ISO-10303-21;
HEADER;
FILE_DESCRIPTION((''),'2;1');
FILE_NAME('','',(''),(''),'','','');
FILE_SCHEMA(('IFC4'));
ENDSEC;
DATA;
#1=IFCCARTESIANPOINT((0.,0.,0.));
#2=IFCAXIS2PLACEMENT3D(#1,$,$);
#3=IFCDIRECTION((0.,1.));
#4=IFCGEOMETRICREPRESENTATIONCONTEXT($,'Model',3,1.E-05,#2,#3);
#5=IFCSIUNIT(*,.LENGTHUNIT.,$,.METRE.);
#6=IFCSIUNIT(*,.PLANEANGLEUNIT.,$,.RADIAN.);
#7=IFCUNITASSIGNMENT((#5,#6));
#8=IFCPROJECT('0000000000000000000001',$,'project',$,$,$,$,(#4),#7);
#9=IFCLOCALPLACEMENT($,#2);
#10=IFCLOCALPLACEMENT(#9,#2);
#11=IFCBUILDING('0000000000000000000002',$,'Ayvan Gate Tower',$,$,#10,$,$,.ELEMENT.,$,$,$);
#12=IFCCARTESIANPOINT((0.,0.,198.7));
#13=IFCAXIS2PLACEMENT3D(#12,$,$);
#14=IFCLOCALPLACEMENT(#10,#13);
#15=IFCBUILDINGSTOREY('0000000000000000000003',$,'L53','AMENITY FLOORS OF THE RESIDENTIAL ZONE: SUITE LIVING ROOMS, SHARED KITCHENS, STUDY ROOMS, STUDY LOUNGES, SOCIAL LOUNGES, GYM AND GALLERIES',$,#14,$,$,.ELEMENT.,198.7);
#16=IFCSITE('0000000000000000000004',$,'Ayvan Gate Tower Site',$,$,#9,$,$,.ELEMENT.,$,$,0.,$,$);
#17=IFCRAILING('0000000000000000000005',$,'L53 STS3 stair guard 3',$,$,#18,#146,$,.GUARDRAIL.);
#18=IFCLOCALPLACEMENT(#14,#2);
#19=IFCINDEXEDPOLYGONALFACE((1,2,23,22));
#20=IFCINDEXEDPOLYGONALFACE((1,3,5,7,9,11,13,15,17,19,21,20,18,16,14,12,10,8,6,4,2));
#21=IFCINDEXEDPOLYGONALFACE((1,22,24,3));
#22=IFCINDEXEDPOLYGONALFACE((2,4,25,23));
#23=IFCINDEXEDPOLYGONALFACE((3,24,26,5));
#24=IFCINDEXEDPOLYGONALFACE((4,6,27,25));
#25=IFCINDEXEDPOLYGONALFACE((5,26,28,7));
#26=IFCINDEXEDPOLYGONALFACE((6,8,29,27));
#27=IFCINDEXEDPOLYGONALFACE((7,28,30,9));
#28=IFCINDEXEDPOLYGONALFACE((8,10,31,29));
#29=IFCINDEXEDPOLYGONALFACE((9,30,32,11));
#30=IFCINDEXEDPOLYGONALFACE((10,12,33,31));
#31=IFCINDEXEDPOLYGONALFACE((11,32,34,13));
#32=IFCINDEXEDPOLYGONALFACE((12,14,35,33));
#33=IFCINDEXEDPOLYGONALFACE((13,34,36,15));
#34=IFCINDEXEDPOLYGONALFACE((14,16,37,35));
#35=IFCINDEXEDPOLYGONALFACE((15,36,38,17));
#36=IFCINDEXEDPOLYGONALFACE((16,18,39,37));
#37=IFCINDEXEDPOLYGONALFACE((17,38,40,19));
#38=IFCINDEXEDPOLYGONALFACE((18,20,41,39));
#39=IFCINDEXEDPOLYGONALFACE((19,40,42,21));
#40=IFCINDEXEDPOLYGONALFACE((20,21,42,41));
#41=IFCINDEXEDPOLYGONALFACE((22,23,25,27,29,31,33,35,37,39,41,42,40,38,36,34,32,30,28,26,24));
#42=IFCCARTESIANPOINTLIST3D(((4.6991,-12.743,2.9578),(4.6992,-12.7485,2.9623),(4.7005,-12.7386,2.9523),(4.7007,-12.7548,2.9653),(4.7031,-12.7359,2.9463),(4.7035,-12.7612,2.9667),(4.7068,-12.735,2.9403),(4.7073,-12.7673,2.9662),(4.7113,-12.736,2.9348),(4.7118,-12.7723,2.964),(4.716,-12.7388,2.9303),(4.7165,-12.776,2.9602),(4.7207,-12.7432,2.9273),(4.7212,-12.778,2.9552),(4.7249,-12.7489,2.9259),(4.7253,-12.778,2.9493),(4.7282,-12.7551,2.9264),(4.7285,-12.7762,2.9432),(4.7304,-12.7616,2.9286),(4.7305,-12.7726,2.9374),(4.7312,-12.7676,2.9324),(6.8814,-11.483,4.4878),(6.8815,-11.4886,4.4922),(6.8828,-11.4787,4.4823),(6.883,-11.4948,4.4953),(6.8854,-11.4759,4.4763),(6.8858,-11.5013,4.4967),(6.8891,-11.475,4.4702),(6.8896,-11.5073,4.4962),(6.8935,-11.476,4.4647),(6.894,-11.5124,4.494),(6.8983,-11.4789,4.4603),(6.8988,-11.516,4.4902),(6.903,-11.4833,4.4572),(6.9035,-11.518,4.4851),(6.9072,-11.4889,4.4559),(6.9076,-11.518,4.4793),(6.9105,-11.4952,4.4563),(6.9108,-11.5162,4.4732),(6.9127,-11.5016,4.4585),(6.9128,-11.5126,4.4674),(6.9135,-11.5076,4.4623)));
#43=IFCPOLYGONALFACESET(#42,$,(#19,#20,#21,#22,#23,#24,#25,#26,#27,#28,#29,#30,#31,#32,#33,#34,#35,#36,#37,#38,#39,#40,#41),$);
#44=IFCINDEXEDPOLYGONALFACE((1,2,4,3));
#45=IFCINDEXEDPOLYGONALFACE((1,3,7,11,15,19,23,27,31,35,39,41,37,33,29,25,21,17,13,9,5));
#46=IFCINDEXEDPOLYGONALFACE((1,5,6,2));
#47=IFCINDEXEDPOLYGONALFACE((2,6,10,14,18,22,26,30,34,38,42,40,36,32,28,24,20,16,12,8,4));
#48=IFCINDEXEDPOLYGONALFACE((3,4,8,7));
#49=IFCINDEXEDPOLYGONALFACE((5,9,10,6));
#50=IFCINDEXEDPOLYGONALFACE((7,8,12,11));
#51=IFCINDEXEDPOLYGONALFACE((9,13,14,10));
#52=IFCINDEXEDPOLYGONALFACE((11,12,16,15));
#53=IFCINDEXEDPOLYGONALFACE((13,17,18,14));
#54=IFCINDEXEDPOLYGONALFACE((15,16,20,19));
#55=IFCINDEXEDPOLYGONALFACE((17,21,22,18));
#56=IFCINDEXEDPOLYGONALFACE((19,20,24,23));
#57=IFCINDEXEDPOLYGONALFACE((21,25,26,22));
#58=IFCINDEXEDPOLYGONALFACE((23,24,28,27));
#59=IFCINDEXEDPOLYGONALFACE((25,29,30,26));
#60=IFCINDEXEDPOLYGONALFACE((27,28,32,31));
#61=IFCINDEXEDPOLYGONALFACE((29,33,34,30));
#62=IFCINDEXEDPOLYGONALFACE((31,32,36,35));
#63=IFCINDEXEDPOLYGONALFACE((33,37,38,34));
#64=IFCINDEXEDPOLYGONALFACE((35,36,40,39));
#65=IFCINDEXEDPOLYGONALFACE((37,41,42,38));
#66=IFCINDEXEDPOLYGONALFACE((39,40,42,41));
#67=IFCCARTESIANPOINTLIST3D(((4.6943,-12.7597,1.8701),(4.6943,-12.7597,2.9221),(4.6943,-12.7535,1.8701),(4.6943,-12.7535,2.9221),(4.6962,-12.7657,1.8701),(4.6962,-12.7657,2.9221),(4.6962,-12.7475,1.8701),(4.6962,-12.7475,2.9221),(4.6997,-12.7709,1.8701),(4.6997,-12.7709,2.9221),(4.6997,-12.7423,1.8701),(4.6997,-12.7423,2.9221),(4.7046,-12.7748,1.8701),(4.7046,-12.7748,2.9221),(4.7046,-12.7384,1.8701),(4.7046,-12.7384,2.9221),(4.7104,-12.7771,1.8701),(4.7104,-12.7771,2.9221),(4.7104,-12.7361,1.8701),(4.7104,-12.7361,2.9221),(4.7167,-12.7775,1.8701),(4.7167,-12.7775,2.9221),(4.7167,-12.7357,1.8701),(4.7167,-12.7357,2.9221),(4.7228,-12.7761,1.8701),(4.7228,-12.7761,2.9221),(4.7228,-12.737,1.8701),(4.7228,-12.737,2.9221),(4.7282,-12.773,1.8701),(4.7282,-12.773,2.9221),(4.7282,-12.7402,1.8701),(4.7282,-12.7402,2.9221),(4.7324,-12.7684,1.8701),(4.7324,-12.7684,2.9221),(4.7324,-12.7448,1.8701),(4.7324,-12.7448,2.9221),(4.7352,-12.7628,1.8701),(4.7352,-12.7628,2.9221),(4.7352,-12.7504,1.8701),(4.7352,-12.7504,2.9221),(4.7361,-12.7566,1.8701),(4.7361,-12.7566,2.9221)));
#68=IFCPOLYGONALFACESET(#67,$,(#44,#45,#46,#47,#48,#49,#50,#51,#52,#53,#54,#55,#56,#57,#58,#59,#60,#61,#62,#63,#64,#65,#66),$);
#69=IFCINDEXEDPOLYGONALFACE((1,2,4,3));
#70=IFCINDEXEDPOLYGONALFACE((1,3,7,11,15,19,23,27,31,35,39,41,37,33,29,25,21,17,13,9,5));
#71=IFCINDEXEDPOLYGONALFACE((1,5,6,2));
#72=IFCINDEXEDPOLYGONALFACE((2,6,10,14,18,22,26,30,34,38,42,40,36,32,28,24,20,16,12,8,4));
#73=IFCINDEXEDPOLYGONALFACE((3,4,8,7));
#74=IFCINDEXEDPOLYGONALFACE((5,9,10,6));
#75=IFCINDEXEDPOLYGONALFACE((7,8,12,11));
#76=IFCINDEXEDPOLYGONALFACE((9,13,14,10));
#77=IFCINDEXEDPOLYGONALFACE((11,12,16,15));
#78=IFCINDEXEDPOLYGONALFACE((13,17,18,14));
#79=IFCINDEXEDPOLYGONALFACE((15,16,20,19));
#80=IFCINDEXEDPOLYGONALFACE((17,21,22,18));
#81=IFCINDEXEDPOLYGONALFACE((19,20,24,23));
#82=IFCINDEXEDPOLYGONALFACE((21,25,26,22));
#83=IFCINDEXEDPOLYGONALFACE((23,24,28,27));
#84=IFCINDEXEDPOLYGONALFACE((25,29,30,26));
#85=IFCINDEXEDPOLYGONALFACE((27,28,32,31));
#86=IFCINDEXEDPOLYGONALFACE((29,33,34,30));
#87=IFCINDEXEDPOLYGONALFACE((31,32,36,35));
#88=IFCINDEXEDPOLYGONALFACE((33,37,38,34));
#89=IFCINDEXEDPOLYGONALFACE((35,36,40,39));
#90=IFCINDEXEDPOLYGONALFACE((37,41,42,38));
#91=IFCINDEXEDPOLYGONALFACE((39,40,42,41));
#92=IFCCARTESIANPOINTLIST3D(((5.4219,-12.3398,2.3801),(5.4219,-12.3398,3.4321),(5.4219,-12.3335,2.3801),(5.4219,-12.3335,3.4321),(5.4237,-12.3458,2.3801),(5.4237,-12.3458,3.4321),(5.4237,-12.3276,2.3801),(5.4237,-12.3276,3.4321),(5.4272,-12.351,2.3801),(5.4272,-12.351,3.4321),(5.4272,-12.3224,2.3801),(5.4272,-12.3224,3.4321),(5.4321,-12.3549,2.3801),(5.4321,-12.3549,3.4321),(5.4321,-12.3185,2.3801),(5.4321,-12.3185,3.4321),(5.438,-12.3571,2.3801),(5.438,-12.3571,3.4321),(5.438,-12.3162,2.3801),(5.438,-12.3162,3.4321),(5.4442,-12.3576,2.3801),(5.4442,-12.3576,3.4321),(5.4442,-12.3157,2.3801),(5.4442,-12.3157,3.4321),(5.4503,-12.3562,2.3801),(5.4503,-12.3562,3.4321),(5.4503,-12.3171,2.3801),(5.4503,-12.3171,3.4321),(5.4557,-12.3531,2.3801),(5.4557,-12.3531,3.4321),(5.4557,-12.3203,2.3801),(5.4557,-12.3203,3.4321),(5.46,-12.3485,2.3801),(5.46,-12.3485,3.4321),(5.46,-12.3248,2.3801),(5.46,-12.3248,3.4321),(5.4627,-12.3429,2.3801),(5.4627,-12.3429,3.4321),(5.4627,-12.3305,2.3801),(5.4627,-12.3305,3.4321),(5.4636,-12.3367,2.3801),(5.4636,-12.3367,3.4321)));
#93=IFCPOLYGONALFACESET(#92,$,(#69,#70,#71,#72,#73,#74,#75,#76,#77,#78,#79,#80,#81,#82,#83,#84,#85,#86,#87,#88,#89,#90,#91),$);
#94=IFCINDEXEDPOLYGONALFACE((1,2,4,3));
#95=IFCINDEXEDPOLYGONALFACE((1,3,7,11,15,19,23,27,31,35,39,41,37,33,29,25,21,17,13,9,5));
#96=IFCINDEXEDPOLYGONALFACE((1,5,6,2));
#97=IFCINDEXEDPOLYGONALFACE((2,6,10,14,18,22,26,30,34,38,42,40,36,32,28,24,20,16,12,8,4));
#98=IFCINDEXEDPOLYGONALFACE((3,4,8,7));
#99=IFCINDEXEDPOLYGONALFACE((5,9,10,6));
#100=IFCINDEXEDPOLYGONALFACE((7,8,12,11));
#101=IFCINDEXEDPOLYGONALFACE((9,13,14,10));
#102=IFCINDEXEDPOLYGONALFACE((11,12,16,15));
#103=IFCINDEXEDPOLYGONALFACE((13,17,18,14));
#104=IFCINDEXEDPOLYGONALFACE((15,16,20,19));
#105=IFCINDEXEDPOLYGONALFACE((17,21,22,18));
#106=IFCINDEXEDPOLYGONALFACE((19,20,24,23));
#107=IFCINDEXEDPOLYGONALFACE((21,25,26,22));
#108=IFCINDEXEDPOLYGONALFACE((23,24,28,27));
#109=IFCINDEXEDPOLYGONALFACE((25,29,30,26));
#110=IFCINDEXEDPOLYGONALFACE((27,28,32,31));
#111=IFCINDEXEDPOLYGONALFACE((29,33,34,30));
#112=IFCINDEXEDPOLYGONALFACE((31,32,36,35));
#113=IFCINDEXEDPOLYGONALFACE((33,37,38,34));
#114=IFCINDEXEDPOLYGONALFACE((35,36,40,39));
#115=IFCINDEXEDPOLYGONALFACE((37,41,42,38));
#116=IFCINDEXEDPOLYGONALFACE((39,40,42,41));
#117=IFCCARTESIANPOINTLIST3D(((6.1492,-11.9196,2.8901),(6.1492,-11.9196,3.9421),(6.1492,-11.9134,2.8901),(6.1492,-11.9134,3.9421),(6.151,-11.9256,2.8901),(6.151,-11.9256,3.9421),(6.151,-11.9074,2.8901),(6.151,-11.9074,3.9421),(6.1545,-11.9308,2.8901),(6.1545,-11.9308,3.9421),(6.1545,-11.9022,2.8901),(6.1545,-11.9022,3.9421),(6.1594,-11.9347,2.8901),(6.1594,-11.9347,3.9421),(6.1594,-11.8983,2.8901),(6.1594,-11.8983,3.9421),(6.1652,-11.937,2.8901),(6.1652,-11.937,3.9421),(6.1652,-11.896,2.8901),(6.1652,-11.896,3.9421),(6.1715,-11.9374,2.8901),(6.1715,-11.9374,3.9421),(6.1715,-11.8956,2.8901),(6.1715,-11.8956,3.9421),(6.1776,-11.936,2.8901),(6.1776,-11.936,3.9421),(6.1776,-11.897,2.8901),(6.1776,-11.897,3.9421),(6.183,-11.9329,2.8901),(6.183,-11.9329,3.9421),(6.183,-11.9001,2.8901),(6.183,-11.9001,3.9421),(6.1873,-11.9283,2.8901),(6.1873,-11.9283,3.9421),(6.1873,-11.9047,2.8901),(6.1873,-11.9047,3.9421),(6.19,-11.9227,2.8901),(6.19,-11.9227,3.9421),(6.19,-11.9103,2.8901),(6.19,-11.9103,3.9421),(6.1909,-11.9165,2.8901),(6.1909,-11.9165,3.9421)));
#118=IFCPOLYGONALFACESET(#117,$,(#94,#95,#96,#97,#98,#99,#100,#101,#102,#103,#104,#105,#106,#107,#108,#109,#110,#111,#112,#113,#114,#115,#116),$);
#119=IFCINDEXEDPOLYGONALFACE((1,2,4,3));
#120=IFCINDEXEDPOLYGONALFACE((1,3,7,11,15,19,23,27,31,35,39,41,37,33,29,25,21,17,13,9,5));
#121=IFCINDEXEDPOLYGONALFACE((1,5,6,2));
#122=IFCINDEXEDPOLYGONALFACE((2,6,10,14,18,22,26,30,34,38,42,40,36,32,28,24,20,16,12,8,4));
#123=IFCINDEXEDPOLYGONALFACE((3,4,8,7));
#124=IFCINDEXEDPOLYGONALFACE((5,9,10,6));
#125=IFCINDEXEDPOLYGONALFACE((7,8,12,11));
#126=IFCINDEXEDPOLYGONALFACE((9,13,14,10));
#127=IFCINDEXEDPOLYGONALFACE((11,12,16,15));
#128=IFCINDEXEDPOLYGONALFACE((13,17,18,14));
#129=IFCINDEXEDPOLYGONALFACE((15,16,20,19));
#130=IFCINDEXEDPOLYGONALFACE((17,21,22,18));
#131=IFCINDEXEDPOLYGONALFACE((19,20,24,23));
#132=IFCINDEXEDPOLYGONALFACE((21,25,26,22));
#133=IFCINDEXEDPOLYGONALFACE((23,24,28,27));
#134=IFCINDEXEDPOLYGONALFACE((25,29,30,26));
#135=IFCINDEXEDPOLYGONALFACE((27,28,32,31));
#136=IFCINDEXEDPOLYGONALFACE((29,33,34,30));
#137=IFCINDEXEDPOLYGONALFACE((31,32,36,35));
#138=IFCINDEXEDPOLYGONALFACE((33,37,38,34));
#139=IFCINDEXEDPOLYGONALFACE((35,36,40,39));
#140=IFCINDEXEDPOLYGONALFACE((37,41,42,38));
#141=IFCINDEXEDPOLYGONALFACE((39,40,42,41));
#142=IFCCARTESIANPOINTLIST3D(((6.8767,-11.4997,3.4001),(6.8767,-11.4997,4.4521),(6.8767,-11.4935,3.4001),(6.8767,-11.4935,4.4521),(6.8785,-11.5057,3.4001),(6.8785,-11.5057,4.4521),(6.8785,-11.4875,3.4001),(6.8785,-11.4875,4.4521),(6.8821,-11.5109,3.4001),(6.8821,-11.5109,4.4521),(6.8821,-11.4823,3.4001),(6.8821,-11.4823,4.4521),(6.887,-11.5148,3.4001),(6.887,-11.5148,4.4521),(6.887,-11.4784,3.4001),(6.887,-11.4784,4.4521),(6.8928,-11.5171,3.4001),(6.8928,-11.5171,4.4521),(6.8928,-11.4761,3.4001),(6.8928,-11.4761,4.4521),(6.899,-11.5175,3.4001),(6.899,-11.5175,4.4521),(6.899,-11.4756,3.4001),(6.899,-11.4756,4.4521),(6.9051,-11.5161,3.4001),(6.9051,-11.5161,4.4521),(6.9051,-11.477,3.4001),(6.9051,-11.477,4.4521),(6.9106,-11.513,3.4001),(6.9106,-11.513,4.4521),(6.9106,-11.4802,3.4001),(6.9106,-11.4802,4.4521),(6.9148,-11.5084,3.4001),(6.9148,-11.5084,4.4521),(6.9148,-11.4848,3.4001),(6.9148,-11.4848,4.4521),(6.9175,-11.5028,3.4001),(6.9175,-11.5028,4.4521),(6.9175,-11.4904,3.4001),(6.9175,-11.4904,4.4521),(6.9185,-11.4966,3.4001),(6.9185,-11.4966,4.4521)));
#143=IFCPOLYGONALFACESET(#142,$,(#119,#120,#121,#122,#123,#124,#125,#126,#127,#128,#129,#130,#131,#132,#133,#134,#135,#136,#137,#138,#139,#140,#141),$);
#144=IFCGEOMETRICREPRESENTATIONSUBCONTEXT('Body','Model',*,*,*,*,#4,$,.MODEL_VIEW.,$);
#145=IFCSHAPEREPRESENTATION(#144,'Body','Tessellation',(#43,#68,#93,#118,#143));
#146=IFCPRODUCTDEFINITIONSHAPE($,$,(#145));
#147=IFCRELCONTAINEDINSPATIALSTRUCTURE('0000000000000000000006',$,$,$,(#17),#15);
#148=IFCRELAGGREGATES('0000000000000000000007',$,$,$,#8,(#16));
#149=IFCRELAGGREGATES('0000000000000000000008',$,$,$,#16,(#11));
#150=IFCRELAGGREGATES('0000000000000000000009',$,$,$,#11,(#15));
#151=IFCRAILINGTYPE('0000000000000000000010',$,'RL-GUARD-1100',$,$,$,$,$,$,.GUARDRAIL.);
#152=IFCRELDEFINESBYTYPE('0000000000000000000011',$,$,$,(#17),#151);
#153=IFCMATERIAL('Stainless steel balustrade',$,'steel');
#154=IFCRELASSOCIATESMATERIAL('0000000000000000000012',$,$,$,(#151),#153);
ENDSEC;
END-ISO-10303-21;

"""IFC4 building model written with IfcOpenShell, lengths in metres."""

from ifc_helpers import new_model, si_unit, direction, frame, origin, origin_2d, place, context, subcontext, project, spatial, circle, extrude, material, type_object, element, save


model = new_model("IFC4")

# Units and contexts
model_context = context("Model", 3, precision=1e-05, world=origin(), true_north=direction((0.0, 1.0)))
body_context = subcontext(model_context, "Body", "Model", "MODEL_VIEW")
ifc_project = project(units=[si_unit("LENGTHUNIT", "METRE"), si_unit("PLANEANGLEUNIT", "RADIAN")], contexts=[model_context])

# Site, building, storey
site_placement = place(None, origin())
site = spatial("IfcSite", under=ifc_project, at=site_placement, Name="Ayvan Gate Tower Site", CompositionType="ELEMENT", RefElevation=0.0)
building_placement = place(site_placement, origin())
building = spatial("IfcBuilding", under=site, at=building_placement, Name="Ayvan Gate Tower", CompositionType="ELEMENT")
storey_placement = place(building_placement, frame((0.0, 0.0, 198.7)))
storey = spatial("IfcBuildingStorey", under=building, at=storey_placement, Name="L53", Description="AMENITY FLOORS OF THE RESIDENTIAL ZONE: SUITE LIVING ROOMS, SHARED KITCHENS, STUDY ROOMS, STUDY LOUNGES, SOCIAL LOUNGES, GYM AND GALLERIES", CompositionType="ELEMENT", Elevation=198.7)

# Railing
ifc_material_1 = material(Name="Stainless steel balustrade", Category="steel")
railing_type_1 = type_object("IfcRailingType", Name="RL-GUARD-1100", PredefinedType="GUARDRAIL", material=ifc_material_1)
railing_1_placement = place(storey_placement, frame((4.7151, -12.7566, 1.8701)))
element("IfcRailing", 1, at=railing_1_placement, inside=storey, type_object=railing_type_1, Name="L53 STS3 stair guard 3", PredefinedType="GUARDRAIL", context=body_context, shape_type="SweptSolid", body=[
    extrude(circle(Radius=0.0239, at=origin_2d()), frame((0.0, 0.0, 1.0762), z_axis=(0.740261, 0.427395, 0.518986), x_axis=(-0.500005, 0.866023, 0.0)), (0.0, 0.0, 1.0), 2.948),
    extrude(circle(Radius=0.021, at=origin_2d()), origin(), (0.0, 0.0, 1.0), 1.052),
    extrude(circle(Radius=0.021, at=origin_2d()), frame((0.7275, 0.4199, 0.51)), (0.0, 0.0, 1.0), 1.052),
    extrude(circle(Radius=0.021, at=origin_2d()), frame((1.4548, 0.8401, 1.02)), (0.0, 0.0, 1.0), 1.052),
    extrude(circle(Radius=0.021, at=origin_2d()), frame((2.1824, 1.26, 1.53)), (0.0, 0.0, 1.0), 1.052),
])

save(model, "model.ifc")
